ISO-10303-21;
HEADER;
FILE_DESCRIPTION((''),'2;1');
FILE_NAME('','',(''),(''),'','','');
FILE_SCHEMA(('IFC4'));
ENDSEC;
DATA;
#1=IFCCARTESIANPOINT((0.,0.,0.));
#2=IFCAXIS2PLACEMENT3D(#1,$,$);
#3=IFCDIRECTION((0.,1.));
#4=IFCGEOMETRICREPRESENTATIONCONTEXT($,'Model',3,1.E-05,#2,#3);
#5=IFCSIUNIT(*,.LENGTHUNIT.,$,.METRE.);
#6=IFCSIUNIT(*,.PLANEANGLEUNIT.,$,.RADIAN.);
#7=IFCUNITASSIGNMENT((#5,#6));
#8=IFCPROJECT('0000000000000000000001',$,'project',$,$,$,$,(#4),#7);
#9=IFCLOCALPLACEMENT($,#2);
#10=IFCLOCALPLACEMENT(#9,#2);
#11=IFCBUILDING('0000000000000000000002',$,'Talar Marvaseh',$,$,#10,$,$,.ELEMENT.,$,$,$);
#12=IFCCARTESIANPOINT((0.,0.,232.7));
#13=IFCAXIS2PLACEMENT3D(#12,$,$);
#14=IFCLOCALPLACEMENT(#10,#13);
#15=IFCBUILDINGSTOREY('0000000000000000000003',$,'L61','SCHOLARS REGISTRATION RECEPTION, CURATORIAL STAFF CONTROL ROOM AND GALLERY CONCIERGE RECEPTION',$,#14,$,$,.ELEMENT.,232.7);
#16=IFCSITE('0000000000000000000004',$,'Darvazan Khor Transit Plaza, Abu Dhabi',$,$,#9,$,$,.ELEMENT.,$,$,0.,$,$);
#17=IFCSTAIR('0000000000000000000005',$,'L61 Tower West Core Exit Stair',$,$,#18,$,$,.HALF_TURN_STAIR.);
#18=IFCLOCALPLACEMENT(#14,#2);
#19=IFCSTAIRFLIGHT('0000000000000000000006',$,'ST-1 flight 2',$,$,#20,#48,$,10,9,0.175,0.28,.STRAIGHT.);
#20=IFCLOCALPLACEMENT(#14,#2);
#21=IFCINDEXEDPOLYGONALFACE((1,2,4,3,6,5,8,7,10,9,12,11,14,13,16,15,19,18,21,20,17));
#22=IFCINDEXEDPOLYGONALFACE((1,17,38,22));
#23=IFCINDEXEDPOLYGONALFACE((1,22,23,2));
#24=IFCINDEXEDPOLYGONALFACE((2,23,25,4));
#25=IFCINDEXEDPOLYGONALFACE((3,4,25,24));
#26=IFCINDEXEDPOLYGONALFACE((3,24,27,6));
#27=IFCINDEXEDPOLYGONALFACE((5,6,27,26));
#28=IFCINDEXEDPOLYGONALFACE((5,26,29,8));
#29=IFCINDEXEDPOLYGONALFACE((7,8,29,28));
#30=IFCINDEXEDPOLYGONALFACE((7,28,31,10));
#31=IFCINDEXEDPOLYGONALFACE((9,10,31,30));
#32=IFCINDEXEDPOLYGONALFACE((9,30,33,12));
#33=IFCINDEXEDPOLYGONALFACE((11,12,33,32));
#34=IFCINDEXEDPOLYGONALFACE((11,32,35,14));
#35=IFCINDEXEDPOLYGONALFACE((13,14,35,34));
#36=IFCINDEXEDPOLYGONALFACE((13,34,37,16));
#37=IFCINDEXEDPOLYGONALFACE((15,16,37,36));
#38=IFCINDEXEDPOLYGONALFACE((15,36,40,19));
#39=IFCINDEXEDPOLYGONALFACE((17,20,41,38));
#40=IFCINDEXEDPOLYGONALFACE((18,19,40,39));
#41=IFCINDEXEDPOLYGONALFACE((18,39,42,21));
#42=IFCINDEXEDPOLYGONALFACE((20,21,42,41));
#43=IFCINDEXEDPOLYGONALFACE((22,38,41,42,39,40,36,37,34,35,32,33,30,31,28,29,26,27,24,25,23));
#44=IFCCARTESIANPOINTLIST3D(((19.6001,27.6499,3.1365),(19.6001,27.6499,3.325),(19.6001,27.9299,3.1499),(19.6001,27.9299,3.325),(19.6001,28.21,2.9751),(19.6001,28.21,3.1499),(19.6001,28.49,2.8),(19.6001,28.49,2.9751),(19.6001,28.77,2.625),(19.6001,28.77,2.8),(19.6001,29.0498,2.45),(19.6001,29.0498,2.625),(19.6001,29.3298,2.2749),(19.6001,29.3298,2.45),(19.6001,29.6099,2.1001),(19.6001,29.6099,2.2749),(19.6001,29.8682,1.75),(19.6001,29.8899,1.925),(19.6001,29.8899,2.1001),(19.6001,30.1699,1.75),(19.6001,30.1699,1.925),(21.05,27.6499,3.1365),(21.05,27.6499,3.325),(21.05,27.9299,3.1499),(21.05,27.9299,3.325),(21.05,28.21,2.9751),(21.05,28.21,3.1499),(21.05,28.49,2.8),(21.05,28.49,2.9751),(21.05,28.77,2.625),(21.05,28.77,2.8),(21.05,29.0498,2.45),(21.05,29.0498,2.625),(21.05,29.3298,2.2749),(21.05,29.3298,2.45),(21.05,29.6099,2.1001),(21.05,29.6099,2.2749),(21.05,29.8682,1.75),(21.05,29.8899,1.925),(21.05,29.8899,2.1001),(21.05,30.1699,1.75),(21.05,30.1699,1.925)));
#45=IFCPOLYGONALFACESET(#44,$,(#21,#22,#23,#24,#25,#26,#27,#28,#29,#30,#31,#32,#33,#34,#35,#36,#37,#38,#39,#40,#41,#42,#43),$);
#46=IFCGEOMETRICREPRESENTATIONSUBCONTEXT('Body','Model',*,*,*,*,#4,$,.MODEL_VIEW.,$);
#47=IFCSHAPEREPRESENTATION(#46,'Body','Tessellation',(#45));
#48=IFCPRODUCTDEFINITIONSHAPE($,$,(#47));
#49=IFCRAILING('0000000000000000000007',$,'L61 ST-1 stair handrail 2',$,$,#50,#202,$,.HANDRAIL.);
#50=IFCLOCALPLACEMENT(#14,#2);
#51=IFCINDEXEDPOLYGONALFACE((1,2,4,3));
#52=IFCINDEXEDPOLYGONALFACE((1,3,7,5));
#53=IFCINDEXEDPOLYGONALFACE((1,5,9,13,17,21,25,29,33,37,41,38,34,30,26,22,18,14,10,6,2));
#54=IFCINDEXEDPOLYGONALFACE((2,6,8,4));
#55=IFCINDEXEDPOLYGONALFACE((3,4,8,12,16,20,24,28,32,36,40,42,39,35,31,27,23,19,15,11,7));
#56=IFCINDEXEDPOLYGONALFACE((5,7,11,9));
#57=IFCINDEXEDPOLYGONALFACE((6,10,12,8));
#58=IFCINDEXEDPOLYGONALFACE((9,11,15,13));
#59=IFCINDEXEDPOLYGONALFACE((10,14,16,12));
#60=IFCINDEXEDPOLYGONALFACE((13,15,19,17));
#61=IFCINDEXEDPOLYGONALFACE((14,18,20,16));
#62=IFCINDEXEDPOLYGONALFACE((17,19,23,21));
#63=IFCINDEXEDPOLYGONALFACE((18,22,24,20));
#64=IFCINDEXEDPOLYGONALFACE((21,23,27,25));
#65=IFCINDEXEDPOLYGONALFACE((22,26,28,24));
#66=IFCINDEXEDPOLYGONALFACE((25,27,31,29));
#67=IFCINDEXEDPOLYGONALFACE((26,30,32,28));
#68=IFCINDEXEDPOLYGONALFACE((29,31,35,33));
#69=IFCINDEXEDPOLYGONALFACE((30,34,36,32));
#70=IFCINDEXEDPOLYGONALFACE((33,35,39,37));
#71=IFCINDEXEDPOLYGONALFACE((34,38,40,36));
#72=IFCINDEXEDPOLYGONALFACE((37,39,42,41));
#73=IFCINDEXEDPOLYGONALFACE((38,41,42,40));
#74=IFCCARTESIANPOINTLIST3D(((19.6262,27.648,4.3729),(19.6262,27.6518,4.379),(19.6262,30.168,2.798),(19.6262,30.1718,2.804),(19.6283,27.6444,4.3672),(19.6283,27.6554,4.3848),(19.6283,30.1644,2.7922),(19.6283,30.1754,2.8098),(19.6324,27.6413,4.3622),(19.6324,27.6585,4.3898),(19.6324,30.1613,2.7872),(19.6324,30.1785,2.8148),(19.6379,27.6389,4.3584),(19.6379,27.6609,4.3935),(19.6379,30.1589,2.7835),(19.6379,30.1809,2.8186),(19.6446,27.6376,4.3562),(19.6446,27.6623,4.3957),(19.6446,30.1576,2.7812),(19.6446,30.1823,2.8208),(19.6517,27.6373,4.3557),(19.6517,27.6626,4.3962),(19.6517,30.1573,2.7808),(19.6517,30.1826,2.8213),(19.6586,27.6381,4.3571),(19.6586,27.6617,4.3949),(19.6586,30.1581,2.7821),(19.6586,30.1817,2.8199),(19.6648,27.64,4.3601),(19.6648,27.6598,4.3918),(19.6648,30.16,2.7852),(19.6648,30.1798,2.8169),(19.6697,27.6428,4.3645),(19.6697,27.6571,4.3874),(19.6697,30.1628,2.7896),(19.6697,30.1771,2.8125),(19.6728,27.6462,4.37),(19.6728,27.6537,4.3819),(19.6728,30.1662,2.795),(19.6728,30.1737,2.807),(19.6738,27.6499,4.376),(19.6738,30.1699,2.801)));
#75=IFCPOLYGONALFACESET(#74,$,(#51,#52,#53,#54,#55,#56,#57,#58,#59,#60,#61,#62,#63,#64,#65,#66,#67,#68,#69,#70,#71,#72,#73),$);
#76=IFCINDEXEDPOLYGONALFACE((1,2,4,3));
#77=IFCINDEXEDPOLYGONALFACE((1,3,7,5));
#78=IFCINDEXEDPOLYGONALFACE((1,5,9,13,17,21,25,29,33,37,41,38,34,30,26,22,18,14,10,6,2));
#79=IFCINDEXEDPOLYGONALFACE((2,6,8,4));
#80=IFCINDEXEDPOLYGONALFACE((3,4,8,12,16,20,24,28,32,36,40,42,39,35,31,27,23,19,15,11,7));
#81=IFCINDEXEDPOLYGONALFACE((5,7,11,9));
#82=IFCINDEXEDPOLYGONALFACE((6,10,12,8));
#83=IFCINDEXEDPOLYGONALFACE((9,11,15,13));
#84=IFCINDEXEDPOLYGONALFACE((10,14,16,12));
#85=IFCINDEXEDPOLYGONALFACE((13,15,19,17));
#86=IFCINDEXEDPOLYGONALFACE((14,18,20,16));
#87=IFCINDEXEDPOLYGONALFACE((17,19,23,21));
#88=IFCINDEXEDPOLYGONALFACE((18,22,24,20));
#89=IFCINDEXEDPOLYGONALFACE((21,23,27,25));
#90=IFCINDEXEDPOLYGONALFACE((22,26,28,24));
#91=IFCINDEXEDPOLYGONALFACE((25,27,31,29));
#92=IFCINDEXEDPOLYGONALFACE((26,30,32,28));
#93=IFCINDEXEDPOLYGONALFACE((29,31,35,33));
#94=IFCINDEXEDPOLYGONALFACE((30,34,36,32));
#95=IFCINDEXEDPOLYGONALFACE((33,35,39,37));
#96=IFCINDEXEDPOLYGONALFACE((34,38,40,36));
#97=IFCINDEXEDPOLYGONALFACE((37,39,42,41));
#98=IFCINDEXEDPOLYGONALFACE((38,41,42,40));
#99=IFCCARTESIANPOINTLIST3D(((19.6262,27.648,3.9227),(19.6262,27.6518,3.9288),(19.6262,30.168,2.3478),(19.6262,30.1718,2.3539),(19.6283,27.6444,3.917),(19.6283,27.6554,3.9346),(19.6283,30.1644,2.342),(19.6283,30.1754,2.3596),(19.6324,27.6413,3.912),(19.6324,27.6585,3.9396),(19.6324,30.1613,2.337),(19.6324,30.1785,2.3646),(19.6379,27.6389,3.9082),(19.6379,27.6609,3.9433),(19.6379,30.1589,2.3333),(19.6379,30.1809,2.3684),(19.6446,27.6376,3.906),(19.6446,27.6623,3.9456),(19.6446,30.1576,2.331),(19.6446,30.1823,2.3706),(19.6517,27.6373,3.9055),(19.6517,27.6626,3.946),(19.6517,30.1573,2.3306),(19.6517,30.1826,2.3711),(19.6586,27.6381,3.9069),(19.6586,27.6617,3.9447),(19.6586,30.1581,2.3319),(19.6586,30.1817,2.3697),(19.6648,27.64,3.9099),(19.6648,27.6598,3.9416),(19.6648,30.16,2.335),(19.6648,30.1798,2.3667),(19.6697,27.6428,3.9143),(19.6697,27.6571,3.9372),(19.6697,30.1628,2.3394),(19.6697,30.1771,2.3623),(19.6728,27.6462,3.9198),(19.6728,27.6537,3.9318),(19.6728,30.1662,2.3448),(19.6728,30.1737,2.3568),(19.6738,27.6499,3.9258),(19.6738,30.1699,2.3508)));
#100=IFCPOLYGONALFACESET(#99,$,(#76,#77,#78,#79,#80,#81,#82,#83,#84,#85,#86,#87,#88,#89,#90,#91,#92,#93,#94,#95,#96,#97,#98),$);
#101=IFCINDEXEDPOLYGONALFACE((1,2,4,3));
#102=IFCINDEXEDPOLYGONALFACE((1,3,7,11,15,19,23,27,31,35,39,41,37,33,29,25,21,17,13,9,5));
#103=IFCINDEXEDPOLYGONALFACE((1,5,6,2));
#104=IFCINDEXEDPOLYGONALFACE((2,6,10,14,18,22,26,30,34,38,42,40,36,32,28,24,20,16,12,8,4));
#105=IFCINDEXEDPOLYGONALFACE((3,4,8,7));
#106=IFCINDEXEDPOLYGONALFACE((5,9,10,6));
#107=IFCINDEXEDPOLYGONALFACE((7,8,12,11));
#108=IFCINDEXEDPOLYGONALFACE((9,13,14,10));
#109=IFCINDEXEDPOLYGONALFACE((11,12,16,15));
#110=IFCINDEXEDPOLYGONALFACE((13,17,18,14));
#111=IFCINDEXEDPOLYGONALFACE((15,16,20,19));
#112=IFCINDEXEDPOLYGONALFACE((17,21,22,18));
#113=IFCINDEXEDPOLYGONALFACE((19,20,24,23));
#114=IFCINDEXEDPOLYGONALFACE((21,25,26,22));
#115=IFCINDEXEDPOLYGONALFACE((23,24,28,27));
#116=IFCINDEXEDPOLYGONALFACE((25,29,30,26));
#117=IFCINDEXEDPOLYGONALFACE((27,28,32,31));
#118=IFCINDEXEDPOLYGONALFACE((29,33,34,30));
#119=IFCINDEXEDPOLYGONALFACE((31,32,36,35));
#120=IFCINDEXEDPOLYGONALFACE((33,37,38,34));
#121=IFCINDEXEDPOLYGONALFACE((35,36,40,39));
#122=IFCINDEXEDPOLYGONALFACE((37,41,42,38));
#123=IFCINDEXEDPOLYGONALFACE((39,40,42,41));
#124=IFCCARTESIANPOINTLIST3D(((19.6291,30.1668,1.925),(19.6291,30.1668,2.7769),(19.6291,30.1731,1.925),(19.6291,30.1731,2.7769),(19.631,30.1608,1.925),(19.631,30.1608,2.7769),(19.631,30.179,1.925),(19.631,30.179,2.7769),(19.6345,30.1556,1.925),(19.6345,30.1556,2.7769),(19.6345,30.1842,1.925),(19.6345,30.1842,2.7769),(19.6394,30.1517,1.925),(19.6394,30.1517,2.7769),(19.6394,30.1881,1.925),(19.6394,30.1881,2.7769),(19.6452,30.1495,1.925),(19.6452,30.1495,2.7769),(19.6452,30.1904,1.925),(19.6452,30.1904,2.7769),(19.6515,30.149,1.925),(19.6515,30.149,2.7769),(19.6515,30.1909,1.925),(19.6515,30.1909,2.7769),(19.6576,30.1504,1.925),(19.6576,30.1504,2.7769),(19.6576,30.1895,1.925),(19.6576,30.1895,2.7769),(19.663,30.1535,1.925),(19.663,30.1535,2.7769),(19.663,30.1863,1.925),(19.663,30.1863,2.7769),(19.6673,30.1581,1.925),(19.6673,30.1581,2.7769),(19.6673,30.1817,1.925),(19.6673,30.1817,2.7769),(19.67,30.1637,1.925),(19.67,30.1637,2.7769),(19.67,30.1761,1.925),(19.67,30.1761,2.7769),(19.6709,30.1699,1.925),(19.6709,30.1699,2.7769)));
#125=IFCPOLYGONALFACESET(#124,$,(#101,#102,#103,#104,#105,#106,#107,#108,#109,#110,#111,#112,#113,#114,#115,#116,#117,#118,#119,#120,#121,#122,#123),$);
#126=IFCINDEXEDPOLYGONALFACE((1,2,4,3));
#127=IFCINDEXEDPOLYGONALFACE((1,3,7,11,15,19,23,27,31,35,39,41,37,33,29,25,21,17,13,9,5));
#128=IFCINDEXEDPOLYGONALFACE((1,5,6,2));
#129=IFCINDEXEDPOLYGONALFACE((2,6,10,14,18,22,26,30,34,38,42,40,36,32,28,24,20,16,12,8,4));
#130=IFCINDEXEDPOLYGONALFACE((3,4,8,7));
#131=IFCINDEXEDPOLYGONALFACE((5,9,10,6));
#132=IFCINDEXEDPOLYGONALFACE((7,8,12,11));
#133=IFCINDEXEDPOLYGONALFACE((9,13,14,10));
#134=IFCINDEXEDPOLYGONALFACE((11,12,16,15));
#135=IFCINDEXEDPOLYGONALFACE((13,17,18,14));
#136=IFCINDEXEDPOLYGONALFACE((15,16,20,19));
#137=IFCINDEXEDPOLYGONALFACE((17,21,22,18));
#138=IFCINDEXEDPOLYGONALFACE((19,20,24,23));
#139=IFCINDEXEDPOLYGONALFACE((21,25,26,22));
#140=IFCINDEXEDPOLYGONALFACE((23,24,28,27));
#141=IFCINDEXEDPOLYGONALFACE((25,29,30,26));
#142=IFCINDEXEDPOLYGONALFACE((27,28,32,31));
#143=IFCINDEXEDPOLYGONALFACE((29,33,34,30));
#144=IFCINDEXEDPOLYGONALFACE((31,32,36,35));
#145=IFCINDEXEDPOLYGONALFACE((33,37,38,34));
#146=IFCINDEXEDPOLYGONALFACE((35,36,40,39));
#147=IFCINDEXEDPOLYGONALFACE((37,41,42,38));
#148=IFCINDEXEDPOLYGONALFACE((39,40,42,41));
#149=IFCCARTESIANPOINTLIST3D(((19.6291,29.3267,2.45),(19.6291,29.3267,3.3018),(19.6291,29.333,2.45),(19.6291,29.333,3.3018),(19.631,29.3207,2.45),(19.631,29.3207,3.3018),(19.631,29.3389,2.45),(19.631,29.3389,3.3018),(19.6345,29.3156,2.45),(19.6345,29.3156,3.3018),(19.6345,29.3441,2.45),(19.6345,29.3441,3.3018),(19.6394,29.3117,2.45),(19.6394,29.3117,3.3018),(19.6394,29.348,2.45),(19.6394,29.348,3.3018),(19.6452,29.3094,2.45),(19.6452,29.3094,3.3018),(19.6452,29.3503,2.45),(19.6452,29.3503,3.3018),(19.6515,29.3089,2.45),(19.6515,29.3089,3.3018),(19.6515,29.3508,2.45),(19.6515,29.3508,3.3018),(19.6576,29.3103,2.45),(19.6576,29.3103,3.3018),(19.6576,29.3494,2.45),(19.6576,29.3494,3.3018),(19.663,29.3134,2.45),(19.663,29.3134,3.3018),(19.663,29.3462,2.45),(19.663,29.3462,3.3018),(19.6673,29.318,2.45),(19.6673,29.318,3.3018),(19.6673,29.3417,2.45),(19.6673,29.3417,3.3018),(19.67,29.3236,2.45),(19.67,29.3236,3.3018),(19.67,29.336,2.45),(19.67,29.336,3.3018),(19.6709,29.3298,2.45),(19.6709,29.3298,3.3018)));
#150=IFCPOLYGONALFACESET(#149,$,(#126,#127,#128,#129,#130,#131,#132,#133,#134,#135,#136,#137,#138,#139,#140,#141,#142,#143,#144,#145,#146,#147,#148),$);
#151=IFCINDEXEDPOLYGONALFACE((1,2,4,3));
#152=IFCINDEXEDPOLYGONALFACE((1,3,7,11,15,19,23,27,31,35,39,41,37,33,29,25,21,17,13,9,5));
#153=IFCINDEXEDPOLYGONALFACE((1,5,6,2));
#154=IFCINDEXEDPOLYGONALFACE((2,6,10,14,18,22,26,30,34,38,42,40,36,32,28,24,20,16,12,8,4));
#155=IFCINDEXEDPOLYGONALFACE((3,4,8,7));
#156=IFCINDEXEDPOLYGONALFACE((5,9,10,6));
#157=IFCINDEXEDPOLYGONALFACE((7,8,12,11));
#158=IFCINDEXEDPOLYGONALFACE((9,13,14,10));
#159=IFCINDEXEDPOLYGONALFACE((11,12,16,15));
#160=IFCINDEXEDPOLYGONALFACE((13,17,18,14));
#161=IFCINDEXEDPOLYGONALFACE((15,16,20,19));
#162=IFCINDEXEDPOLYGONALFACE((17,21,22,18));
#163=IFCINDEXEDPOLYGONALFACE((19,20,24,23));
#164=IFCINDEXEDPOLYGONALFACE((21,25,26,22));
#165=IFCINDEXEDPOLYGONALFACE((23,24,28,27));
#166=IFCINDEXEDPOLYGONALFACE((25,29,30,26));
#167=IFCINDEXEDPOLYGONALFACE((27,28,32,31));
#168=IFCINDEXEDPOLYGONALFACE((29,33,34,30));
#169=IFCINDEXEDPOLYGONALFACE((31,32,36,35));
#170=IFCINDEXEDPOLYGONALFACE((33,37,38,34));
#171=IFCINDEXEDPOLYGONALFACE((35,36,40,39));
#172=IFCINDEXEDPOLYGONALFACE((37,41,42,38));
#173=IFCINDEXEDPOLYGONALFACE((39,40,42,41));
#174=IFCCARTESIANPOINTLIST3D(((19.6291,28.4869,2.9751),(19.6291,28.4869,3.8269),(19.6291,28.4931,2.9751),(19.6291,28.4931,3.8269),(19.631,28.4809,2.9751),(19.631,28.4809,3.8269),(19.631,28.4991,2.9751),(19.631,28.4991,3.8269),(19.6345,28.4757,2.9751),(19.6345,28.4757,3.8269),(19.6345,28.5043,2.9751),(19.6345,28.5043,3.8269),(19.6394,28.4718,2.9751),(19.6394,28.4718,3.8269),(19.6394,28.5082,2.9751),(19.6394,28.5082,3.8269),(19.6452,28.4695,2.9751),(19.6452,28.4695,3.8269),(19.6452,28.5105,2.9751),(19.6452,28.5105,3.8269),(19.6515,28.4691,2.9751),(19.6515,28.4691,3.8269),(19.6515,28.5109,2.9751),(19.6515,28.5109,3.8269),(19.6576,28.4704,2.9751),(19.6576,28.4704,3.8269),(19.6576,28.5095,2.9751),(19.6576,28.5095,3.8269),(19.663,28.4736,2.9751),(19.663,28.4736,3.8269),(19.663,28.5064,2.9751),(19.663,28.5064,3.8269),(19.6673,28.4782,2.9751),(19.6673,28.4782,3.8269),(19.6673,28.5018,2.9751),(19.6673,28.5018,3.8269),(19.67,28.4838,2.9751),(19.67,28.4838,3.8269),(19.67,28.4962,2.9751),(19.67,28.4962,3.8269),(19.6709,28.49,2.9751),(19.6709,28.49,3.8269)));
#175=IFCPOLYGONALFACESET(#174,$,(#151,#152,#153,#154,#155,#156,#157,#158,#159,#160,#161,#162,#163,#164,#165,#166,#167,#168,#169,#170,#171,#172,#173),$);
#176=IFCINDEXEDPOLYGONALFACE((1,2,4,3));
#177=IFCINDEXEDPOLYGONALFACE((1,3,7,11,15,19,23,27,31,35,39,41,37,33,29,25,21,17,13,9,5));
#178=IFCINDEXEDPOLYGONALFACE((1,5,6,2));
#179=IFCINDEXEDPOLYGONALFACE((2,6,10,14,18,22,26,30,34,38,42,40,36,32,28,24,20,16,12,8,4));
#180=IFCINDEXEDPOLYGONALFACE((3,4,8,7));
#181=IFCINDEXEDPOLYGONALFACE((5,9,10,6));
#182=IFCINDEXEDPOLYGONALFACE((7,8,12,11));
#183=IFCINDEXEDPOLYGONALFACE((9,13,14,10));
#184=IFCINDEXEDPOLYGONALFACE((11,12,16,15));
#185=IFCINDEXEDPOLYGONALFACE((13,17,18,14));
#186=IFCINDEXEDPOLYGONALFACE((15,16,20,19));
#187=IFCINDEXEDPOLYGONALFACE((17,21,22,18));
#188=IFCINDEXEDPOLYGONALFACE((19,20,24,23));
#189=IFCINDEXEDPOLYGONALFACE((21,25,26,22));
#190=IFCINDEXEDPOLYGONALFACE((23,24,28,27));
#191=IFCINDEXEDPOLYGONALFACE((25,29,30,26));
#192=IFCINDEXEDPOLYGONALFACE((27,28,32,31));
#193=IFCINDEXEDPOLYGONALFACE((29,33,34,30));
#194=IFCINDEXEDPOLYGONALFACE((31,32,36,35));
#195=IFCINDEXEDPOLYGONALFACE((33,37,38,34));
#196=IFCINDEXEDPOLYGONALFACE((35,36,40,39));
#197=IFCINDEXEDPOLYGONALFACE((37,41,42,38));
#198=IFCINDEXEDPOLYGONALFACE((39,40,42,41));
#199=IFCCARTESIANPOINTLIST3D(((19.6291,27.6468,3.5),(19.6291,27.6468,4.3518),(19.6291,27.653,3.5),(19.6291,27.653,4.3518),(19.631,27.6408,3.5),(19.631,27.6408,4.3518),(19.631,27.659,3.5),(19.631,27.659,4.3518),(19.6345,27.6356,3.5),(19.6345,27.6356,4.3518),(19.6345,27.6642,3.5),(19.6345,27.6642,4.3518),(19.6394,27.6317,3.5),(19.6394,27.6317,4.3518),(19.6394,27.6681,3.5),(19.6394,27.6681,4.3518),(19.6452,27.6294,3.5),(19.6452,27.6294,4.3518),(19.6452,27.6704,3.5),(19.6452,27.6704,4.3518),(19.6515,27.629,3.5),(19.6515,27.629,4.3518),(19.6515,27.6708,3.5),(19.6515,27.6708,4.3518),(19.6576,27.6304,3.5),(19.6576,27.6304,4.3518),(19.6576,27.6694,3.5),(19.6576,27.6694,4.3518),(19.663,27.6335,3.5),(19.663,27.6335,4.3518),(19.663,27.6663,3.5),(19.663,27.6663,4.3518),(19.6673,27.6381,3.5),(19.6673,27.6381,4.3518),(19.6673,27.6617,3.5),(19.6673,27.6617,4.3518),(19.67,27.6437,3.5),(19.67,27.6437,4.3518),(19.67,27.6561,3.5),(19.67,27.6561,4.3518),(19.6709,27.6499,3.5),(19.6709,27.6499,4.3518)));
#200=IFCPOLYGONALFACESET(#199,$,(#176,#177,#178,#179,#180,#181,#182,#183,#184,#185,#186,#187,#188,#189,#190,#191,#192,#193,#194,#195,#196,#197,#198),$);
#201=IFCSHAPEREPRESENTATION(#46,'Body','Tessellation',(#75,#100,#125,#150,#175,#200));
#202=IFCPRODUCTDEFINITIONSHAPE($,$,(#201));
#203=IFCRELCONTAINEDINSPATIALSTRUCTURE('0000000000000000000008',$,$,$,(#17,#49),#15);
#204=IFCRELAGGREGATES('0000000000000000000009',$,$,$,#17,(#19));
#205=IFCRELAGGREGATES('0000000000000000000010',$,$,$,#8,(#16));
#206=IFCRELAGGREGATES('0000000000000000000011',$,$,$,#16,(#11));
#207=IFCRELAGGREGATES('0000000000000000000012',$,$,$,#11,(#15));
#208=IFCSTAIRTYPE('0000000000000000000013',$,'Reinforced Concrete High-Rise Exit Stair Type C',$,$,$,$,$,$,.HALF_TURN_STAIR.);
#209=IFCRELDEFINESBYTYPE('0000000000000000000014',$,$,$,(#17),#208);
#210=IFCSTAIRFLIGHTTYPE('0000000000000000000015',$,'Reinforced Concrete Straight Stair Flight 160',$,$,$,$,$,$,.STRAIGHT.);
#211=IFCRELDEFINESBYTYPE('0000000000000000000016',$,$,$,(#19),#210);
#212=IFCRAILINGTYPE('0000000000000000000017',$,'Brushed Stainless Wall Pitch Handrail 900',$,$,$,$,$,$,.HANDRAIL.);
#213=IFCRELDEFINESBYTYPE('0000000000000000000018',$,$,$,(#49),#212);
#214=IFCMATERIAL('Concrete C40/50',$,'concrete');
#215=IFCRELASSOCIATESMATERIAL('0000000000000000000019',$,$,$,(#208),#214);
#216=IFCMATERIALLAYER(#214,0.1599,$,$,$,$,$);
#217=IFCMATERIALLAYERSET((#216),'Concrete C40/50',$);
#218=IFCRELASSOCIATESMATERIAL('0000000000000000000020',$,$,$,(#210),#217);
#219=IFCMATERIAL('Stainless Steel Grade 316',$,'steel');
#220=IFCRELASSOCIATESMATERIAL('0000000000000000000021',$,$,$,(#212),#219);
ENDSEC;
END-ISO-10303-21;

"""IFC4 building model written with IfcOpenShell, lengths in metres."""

from ifc_helpers import new_model, si_unit, direction, frame, origin, origin_2d, place, context, subcontext, project, spatial, polyline, circle, outline, extrude, material, layer, layer_set, type_object, element, aggregate, save


model = new_model("IFC4")

# Units and contexts
model_context = context("Model", 3, precision=1e-05, world=origin(), true_north=direction((0.0, 1.0)))
body_context = subcontext(model_context, "Body", "Model", "MODEL_VIEW")
ifc_project = project(units=[si_unit("LENGTHUNIT", "METRE"), si_unit("PLANEANGLEUNIT", "RADIAN")], contexts=[model_context])

# Site, building, storey
site_placement = place(None, origin())
site = spatial("IfcSite", under=ifc_project, at=site_placement, Name="Darvazan Khor Transit Plaza, Abu Dhabi", CompositionType="ELEMENT", RefElevation=0.0)
building_placement = place(site_placement, origin())
building = spatial("IfcBuilding", under=site, at=building_placement, Name="Talar Marvaseh", CompositionType="ELEMENT")
storey_placement = place(building_placement, frame((0.0, 0.0, 232.7)))
storey = spatial("IfcBuildingStorey", under=building, at=storey_placement, Name="L61", Description="SCHOLARS REGISTRATION RECEPTION, CURATORIAL STAFF CONTROL ROOM AND GALLERY CONCIERGE RECEPTION", CompositionType="ELEMENT", Elevation=232.7)

# Stair, stair flight
ifc_material_1 = material(Name="Concrete C40/50", Category="concrete")
stair_type = type_object("IfcStairType", Name="Reinforced Concrete High-Rise Exit Stair Type C", PredefinedType="HALF_TURN_STAIR", material=ifc_material_1)
stair_placement = place(storey_placement, origin())
stair = element("IfcStair", 1, at=stair_placement, inside=storey, type_object=stair_type, Name="L61 Tower West Core Exit Stair", PredefinedType="HALF_TURN_STAIR")
ifc_layer_1 = layer(ifc_material_1, 0.1599)
ifc_layer_set_1 = layer_set([ifc_layer_1], Name="Concrete C40/50")
stair_flight_type = type_object("IfcStairFlightType", Name="Reinforced Concrete Straight Stair Flight 160", PredefinedType="STRAIGHT", material=ifc_layer_set_1)
stair_flight_1_placement = place(storey_placement, frame((20.325, 30.1699, 1.75), z_axis=(0.0, 0.0, 1.0), x_axis=(0.0, -1.0, 0.0)))
stair_flight_1 = element("IfcStairFlight", 2, at=stair_flight_1_placement, type_object=stair_flight_type, Name="ST-1 flight 2", NumberOfRisers=10, NumberOfTreads=9, PredefinedType="STRAIGHT", RiserHeight=0.175, TreadLength=0.28, context=body_context, shape_type="SweptSolid", body=[
    extrude(outline(polyline([(0.0, 0.0), (0.0, 0.175), (0.28, 0.175), (0.28, 0.3501), (0.5601, 0.3501), (0.5601, 0.5249), (0.8401, 0.5249), (0.8401, 0.7), (1.1201, 0.7), (1.1201, 0.875), (1.3999, 0.875), (1.3999, 1.05), (1.6799, 1.05), (1.6799, 1.2251), (1.96, 1.2251), (1.96, 1.3999), (2.24, 1.3999), (2.24, 1.575), (2.52, 1.575), (2.52, 1.75), (2.52, 1.3865), (0.3018, 0.0), (0.0, 0.0)])), frame((0.0, 0.7251, 0.0), z_axis=(0.0, -1.0, 0.0), x_axis=(1.0, 0.0, 0.0)), (0.0, 0.0, 1.0), 1.45),
])
aggregate(stair, [stair_flight_1])

# Railing
ifc_material_2 = material(Name="Stainless Steel Grade 316", Category="steel")
railing_type_1 = type_object("IfcRailingType", Name="Brushed Stainless Wall Pitch Handrail 900", PredefinedType="HANDRAIL", material=ifc_material_2)
railing_1_placement = place(storey_placement, frame((19.6499, 30.1699, 1.925)))
element("IfcRailing", 3, at=railing_1_placement, inside=storey, type_object=railing_type_1, Name="L61 ST-1 stair handrail 2", PredefinedType="HANDRAIL", context=body_context, shape_type="SweptSolid", body=[
    extrude(circle(Radius=0.0239, at=origin_2d()), frame((0.0, 0.0, 0.876), z_axis=(0.0, -0.848008, 0.529984), x_axis=(1.0, 0.0, 0.0)), (0.0, 0.0, 1.0), 2.9717),
    extrude(circle(Radius=0.0239, at=origin_2d()), frame((0.0, 0.0, 0.4258), z_axis=(0.0, -0.848008, 0.529984), x_axis=(1.0, 0.0, 0.0)), (0.0, 0.0, 1.0), 2.9717),
    extrude(circle(Radius=0.021, at=origin_2d()), origin(), (0.0, 0.0, 1.0), 0.8518),
    extrude(circle(Radius=0.021, at=origin_2d()), frame((0.0, -0.8401, 0.5249)), (0.0, 0.0, 1.0), 0.8518),
    extrude(circle(Radius=0.021, at=origin_2d()), frame((0.0, -1.6799, 1.05)), (0.0, 0.0, 1.0), 0.8518),
    extrude(circle(Radius=0.021, at=origin_2d()), frame((0.0, -2.52, 1.575)), (0.0, 0.0, 1.0), 0.8518),
])

save(model, "model.ifc")
